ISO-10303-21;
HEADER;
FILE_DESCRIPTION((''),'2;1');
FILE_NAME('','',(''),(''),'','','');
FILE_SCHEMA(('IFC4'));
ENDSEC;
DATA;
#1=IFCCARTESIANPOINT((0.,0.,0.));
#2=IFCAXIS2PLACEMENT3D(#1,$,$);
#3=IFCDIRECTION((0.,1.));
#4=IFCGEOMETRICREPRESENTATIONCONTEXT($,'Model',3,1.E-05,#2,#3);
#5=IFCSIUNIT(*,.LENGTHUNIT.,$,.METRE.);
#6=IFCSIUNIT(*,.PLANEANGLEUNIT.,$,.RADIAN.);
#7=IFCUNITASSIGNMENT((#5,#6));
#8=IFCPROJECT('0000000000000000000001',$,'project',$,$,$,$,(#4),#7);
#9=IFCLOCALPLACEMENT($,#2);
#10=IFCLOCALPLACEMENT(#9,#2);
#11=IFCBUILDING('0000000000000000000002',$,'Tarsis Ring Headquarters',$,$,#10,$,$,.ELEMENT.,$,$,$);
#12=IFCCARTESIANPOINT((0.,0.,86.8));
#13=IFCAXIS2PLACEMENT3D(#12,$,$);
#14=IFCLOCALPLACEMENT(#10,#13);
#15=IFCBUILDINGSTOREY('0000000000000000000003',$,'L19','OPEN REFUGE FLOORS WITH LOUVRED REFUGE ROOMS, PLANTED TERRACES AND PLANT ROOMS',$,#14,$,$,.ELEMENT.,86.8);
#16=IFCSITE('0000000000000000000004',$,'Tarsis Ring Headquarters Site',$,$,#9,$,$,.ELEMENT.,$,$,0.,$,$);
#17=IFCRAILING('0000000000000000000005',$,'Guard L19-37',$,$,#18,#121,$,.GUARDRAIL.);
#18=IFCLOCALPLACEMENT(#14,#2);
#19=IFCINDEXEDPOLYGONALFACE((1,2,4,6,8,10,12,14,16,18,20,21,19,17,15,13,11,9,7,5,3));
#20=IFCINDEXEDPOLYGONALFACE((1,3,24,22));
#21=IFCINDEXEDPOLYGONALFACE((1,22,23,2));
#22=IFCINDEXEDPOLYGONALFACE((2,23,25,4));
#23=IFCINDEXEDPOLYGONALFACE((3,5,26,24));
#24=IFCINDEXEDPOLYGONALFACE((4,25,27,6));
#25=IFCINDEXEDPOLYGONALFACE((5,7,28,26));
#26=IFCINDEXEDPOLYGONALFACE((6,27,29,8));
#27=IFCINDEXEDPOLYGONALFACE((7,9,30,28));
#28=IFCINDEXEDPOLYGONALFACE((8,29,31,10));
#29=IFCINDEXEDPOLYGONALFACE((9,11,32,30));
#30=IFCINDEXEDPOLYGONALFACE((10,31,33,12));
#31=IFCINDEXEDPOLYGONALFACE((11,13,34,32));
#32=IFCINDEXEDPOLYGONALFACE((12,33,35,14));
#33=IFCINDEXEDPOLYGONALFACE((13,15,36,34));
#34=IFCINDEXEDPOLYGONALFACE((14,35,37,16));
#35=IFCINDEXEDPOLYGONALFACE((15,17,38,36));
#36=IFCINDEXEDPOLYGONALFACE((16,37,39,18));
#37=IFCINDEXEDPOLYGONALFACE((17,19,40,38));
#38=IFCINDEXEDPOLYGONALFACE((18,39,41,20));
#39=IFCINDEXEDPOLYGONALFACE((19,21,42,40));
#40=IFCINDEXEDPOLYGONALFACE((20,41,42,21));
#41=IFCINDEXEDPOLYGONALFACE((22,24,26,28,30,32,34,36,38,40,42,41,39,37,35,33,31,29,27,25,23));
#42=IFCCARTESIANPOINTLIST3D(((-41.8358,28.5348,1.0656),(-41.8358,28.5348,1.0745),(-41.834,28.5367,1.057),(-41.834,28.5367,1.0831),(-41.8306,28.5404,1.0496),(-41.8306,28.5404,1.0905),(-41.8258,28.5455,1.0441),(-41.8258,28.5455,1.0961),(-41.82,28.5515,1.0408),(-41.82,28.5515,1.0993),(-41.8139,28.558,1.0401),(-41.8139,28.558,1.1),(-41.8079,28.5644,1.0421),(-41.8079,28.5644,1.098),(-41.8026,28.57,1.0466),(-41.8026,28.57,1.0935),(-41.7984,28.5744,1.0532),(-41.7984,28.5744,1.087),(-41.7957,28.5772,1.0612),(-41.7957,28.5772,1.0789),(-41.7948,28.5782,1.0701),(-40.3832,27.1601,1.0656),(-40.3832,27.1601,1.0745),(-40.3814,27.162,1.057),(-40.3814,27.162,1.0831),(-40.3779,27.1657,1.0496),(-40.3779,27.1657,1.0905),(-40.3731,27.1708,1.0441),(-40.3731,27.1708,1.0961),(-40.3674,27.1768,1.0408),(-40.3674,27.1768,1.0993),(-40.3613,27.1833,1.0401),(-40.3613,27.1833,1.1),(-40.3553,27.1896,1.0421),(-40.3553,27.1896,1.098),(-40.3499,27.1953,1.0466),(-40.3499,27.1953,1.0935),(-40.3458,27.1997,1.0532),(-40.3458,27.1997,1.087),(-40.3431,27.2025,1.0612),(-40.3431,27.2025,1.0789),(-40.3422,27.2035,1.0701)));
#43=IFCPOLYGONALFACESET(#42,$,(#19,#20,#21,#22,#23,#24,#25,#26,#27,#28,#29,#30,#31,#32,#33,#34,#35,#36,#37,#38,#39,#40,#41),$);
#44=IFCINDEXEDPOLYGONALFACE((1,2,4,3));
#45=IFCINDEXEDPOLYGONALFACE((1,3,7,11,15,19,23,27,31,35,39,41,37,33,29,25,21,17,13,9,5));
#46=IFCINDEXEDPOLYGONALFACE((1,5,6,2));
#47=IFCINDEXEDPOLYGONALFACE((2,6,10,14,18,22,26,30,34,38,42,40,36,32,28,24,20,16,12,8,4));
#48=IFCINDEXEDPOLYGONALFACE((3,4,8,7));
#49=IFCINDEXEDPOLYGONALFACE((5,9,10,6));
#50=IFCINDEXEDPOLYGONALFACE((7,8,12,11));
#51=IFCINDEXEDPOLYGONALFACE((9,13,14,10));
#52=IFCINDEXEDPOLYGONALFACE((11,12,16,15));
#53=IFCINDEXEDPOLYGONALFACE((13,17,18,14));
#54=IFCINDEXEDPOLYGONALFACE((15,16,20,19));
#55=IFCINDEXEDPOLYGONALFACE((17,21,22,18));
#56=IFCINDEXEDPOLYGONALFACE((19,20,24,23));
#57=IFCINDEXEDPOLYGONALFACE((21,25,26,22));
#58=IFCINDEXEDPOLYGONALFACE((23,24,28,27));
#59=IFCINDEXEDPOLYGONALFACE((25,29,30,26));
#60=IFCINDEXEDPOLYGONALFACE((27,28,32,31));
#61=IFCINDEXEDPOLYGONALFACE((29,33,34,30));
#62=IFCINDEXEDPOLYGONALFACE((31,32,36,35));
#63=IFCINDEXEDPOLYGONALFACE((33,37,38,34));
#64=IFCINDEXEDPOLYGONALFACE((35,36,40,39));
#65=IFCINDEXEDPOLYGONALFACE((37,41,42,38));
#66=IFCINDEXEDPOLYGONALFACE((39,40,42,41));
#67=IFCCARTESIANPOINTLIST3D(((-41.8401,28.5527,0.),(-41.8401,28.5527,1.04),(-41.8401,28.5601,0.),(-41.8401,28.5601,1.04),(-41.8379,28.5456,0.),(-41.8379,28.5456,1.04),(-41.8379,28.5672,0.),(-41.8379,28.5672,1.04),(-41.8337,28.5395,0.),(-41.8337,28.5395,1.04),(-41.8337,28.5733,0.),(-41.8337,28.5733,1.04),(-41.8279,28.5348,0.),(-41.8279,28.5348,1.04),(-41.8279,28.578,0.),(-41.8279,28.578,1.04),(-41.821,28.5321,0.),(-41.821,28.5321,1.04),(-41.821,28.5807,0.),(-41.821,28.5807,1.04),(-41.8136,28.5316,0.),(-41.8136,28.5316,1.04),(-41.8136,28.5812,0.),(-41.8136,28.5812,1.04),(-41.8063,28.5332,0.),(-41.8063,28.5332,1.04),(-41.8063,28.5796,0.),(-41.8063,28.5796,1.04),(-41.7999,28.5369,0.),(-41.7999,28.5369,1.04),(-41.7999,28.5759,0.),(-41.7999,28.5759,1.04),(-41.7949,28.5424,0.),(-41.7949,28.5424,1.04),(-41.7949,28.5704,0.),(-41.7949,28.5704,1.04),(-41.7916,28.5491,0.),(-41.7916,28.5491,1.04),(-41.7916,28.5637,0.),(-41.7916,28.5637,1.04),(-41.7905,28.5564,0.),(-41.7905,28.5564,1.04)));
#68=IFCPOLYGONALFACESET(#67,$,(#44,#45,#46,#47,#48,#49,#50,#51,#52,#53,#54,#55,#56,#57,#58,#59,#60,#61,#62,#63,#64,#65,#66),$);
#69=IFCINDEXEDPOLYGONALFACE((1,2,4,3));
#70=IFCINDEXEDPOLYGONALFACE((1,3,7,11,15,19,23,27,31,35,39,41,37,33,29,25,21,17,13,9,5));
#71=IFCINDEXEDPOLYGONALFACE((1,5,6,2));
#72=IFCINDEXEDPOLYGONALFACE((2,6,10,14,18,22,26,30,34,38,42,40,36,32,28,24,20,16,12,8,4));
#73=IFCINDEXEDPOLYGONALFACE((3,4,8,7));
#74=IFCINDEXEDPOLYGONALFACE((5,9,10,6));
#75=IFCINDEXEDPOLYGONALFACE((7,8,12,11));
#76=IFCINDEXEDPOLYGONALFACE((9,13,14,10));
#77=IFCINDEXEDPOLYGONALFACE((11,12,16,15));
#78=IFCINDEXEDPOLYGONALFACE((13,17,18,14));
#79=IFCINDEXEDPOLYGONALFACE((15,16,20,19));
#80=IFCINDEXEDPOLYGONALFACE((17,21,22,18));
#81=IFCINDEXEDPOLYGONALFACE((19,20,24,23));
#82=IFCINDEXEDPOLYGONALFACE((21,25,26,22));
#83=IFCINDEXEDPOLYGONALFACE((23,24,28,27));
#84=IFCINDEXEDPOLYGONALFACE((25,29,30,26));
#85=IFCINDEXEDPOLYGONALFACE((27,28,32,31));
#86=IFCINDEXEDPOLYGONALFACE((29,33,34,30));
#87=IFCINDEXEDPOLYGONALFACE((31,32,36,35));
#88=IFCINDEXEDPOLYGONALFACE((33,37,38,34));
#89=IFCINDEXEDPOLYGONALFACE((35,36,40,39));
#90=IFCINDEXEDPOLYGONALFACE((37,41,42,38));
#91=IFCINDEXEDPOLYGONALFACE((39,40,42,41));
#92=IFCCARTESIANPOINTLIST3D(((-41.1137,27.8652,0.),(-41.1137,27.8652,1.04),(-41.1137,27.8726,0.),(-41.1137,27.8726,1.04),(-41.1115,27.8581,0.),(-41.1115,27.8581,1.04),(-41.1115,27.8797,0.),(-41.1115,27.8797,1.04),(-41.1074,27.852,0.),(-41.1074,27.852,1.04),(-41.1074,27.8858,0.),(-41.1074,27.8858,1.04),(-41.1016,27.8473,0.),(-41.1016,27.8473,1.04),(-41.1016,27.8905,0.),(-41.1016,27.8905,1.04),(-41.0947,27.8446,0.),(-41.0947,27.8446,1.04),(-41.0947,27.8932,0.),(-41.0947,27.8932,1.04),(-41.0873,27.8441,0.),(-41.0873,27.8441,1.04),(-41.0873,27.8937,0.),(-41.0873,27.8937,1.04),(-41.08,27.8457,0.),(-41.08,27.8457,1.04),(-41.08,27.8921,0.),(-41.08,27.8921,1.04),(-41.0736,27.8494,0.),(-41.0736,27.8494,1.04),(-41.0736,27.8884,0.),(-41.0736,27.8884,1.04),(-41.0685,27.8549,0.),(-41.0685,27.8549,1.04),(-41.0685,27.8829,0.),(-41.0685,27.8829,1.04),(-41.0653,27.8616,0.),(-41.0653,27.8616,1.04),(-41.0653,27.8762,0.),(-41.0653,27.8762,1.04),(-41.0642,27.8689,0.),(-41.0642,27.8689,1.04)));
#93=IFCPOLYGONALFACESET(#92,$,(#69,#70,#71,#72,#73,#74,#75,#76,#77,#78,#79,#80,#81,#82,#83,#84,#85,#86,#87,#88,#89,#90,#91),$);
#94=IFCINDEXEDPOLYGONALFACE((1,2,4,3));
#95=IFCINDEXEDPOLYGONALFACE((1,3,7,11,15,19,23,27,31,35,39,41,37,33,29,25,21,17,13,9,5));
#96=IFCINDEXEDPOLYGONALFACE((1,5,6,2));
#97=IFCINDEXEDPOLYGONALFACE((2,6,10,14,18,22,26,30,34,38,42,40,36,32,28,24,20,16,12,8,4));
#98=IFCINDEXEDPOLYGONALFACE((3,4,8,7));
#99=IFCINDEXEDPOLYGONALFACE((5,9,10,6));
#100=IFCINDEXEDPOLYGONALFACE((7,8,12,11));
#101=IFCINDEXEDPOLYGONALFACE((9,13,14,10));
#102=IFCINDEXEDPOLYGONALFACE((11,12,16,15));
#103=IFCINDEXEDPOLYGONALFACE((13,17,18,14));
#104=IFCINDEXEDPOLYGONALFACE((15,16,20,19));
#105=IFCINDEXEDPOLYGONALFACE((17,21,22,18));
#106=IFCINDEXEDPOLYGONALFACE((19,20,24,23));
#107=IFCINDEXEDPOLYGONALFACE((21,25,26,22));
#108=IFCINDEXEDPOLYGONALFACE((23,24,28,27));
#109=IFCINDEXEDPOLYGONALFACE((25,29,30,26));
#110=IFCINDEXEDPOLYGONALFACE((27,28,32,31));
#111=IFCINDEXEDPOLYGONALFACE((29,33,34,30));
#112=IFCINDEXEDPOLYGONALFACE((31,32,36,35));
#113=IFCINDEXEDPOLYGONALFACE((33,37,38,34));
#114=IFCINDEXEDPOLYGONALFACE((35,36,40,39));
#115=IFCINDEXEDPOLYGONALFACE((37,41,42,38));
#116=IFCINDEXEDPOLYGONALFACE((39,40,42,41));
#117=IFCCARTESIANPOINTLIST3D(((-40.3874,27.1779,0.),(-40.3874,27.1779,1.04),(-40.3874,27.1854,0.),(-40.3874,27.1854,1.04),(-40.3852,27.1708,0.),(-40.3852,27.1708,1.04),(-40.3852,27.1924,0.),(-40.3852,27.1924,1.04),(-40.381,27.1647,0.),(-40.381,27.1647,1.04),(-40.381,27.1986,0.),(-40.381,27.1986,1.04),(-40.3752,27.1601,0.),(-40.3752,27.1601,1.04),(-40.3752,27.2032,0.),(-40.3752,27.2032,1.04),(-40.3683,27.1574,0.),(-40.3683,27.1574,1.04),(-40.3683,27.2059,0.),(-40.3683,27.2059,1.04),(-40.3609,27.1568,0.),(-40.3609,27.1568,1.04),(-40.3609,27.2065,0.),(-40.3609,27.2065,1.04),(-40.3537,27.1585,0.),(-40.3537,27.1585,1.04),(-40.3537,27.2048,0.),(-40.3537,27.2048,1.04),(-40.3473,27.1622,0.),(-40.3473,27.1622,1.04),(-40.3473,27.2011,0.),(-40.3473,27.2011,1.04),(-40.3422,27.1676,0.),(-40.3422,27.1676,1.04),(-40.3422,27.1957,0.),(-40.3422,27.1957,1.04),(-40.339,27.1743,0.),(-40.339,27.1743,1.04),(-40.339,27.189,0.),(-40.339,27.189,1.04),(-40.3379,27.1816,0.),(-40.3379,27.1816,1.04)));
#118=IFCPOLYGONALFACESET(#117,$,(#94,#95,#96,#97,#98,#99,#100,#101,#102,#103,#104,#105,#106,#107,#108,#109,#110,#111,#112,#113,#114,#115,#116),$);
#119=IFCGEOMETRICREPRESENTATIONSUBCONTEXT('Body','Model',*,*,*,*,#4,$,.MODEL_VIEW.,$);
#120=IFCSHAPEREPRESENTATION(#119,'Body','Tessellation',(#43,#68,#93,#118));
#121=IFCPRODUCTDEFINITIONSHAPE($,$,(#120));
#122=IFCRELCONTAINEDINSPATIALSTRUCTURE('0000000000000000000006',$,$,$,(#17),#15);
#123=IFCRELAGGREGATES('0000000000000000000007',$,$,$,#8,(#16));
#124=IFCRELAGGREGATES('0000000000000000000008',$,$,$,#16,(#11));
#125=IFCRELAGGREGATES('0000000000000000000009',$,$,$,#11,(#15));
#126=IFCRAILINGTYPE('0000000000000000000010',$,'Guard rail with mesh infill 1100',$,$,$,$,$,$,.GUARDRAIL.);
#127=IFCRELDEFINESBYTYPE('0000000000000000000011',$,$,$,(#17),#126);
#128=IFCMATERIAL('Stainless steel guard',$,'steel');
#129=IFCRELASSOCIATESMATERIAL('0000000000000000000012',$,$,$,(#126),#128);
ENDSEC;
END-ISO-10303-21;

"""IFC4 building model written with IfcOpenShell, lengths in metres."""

from ifc_helpers import new_model, si_unit, direction, frame, origin, origin_2d, place, context, subcontext, project, spatial, circle, extrude, material, type_object, element, save


model = new_model("IFC4")

# Units and contexts
model_context = context("Model", 3, precision=1e-05, world=origin(), true_north=direction((0.0, 1.0)))
body_context = subcontext(model_context, "Body", "Model", "MODEL_VIEW")
ifc_project = project(units=[si_unit("LENGTHUNIT", "METRE"), si_unit("PLANEANGLEUNIT", "RADIAN")], contexts=[model_context])

# Site, building, storey
site_placement = place(None, origin())
site = spatial("IfcSite", under=ifc_project, at=site_placement, Name="Tarsis Ring Headquarters Site", CompositionType="ELEMENT", RefElevation=0.0)
building_placement = place(site_placement, origin())
building = spatial("IfcBuilding", under=site, at=building_placement, Name="Tarsis Ring Headquarters", CompositionType="ELEMENT")
storey_placement = place(building_placement, frame((0.0, 0.0, 86.8)))
storey = spatial("IfcBuildingStorey", under=building, at=storey_placement, Name="L19", Description="OPEN REFUGE FLOORS WITH LOUVRED REFUGE ROOMS, PLANTED TERRACES AND PLANT ROOMS", CompositionType="ELEMENT", Elevation=86.8)

# Railing
ifc_material_1 = material(Name="Stainless steel guard", Category="steel")
railing_type_1 = type_object("IfcRailingType", Name="Guard rail with mesh infill 1100", PredefinedType="GUARDRAIL", material=ifc_material_1)
railing_1_placement = place(storey_placement, frame((-41.8154, 28.5564, 0.0)))
element("IfcRailing", 1, at=railing_1_placement, inside=storey, type_object=railing_type_1, Name="Guard L19-37", PredefinedType="GUARDRAIL", context=body_context, shape_type="SweptSolid", body=[
    extrude(circle(Radius=0.03, at=origin_2d()), frame((0.0, 0.0, 1.0701), z_axis=(0.726309, -0.687369, 0.0), x_axis=(0.687369, 0.726309, 0.0)), (0.0, 0.0, 1.0), 2.0),
    extrude(circle(Radius=0.0249, at=origin_2d()), origin(), (0.0, 0.0, 1.0), 1.04),
    extrude(circle(Radius=0.0249, at=origin_2d()), frame((0.7263, -0.6875, 0.0)), (0.0, 0.0, 1.0), 1.04),
    extrude(circle(Radius=0.0249, at=origin_2d()), frame((1.4526, -1.3748, 0.0)), (0.0, 0.0, 1.0), 1.04),
])

save(model, "model.ifc")
